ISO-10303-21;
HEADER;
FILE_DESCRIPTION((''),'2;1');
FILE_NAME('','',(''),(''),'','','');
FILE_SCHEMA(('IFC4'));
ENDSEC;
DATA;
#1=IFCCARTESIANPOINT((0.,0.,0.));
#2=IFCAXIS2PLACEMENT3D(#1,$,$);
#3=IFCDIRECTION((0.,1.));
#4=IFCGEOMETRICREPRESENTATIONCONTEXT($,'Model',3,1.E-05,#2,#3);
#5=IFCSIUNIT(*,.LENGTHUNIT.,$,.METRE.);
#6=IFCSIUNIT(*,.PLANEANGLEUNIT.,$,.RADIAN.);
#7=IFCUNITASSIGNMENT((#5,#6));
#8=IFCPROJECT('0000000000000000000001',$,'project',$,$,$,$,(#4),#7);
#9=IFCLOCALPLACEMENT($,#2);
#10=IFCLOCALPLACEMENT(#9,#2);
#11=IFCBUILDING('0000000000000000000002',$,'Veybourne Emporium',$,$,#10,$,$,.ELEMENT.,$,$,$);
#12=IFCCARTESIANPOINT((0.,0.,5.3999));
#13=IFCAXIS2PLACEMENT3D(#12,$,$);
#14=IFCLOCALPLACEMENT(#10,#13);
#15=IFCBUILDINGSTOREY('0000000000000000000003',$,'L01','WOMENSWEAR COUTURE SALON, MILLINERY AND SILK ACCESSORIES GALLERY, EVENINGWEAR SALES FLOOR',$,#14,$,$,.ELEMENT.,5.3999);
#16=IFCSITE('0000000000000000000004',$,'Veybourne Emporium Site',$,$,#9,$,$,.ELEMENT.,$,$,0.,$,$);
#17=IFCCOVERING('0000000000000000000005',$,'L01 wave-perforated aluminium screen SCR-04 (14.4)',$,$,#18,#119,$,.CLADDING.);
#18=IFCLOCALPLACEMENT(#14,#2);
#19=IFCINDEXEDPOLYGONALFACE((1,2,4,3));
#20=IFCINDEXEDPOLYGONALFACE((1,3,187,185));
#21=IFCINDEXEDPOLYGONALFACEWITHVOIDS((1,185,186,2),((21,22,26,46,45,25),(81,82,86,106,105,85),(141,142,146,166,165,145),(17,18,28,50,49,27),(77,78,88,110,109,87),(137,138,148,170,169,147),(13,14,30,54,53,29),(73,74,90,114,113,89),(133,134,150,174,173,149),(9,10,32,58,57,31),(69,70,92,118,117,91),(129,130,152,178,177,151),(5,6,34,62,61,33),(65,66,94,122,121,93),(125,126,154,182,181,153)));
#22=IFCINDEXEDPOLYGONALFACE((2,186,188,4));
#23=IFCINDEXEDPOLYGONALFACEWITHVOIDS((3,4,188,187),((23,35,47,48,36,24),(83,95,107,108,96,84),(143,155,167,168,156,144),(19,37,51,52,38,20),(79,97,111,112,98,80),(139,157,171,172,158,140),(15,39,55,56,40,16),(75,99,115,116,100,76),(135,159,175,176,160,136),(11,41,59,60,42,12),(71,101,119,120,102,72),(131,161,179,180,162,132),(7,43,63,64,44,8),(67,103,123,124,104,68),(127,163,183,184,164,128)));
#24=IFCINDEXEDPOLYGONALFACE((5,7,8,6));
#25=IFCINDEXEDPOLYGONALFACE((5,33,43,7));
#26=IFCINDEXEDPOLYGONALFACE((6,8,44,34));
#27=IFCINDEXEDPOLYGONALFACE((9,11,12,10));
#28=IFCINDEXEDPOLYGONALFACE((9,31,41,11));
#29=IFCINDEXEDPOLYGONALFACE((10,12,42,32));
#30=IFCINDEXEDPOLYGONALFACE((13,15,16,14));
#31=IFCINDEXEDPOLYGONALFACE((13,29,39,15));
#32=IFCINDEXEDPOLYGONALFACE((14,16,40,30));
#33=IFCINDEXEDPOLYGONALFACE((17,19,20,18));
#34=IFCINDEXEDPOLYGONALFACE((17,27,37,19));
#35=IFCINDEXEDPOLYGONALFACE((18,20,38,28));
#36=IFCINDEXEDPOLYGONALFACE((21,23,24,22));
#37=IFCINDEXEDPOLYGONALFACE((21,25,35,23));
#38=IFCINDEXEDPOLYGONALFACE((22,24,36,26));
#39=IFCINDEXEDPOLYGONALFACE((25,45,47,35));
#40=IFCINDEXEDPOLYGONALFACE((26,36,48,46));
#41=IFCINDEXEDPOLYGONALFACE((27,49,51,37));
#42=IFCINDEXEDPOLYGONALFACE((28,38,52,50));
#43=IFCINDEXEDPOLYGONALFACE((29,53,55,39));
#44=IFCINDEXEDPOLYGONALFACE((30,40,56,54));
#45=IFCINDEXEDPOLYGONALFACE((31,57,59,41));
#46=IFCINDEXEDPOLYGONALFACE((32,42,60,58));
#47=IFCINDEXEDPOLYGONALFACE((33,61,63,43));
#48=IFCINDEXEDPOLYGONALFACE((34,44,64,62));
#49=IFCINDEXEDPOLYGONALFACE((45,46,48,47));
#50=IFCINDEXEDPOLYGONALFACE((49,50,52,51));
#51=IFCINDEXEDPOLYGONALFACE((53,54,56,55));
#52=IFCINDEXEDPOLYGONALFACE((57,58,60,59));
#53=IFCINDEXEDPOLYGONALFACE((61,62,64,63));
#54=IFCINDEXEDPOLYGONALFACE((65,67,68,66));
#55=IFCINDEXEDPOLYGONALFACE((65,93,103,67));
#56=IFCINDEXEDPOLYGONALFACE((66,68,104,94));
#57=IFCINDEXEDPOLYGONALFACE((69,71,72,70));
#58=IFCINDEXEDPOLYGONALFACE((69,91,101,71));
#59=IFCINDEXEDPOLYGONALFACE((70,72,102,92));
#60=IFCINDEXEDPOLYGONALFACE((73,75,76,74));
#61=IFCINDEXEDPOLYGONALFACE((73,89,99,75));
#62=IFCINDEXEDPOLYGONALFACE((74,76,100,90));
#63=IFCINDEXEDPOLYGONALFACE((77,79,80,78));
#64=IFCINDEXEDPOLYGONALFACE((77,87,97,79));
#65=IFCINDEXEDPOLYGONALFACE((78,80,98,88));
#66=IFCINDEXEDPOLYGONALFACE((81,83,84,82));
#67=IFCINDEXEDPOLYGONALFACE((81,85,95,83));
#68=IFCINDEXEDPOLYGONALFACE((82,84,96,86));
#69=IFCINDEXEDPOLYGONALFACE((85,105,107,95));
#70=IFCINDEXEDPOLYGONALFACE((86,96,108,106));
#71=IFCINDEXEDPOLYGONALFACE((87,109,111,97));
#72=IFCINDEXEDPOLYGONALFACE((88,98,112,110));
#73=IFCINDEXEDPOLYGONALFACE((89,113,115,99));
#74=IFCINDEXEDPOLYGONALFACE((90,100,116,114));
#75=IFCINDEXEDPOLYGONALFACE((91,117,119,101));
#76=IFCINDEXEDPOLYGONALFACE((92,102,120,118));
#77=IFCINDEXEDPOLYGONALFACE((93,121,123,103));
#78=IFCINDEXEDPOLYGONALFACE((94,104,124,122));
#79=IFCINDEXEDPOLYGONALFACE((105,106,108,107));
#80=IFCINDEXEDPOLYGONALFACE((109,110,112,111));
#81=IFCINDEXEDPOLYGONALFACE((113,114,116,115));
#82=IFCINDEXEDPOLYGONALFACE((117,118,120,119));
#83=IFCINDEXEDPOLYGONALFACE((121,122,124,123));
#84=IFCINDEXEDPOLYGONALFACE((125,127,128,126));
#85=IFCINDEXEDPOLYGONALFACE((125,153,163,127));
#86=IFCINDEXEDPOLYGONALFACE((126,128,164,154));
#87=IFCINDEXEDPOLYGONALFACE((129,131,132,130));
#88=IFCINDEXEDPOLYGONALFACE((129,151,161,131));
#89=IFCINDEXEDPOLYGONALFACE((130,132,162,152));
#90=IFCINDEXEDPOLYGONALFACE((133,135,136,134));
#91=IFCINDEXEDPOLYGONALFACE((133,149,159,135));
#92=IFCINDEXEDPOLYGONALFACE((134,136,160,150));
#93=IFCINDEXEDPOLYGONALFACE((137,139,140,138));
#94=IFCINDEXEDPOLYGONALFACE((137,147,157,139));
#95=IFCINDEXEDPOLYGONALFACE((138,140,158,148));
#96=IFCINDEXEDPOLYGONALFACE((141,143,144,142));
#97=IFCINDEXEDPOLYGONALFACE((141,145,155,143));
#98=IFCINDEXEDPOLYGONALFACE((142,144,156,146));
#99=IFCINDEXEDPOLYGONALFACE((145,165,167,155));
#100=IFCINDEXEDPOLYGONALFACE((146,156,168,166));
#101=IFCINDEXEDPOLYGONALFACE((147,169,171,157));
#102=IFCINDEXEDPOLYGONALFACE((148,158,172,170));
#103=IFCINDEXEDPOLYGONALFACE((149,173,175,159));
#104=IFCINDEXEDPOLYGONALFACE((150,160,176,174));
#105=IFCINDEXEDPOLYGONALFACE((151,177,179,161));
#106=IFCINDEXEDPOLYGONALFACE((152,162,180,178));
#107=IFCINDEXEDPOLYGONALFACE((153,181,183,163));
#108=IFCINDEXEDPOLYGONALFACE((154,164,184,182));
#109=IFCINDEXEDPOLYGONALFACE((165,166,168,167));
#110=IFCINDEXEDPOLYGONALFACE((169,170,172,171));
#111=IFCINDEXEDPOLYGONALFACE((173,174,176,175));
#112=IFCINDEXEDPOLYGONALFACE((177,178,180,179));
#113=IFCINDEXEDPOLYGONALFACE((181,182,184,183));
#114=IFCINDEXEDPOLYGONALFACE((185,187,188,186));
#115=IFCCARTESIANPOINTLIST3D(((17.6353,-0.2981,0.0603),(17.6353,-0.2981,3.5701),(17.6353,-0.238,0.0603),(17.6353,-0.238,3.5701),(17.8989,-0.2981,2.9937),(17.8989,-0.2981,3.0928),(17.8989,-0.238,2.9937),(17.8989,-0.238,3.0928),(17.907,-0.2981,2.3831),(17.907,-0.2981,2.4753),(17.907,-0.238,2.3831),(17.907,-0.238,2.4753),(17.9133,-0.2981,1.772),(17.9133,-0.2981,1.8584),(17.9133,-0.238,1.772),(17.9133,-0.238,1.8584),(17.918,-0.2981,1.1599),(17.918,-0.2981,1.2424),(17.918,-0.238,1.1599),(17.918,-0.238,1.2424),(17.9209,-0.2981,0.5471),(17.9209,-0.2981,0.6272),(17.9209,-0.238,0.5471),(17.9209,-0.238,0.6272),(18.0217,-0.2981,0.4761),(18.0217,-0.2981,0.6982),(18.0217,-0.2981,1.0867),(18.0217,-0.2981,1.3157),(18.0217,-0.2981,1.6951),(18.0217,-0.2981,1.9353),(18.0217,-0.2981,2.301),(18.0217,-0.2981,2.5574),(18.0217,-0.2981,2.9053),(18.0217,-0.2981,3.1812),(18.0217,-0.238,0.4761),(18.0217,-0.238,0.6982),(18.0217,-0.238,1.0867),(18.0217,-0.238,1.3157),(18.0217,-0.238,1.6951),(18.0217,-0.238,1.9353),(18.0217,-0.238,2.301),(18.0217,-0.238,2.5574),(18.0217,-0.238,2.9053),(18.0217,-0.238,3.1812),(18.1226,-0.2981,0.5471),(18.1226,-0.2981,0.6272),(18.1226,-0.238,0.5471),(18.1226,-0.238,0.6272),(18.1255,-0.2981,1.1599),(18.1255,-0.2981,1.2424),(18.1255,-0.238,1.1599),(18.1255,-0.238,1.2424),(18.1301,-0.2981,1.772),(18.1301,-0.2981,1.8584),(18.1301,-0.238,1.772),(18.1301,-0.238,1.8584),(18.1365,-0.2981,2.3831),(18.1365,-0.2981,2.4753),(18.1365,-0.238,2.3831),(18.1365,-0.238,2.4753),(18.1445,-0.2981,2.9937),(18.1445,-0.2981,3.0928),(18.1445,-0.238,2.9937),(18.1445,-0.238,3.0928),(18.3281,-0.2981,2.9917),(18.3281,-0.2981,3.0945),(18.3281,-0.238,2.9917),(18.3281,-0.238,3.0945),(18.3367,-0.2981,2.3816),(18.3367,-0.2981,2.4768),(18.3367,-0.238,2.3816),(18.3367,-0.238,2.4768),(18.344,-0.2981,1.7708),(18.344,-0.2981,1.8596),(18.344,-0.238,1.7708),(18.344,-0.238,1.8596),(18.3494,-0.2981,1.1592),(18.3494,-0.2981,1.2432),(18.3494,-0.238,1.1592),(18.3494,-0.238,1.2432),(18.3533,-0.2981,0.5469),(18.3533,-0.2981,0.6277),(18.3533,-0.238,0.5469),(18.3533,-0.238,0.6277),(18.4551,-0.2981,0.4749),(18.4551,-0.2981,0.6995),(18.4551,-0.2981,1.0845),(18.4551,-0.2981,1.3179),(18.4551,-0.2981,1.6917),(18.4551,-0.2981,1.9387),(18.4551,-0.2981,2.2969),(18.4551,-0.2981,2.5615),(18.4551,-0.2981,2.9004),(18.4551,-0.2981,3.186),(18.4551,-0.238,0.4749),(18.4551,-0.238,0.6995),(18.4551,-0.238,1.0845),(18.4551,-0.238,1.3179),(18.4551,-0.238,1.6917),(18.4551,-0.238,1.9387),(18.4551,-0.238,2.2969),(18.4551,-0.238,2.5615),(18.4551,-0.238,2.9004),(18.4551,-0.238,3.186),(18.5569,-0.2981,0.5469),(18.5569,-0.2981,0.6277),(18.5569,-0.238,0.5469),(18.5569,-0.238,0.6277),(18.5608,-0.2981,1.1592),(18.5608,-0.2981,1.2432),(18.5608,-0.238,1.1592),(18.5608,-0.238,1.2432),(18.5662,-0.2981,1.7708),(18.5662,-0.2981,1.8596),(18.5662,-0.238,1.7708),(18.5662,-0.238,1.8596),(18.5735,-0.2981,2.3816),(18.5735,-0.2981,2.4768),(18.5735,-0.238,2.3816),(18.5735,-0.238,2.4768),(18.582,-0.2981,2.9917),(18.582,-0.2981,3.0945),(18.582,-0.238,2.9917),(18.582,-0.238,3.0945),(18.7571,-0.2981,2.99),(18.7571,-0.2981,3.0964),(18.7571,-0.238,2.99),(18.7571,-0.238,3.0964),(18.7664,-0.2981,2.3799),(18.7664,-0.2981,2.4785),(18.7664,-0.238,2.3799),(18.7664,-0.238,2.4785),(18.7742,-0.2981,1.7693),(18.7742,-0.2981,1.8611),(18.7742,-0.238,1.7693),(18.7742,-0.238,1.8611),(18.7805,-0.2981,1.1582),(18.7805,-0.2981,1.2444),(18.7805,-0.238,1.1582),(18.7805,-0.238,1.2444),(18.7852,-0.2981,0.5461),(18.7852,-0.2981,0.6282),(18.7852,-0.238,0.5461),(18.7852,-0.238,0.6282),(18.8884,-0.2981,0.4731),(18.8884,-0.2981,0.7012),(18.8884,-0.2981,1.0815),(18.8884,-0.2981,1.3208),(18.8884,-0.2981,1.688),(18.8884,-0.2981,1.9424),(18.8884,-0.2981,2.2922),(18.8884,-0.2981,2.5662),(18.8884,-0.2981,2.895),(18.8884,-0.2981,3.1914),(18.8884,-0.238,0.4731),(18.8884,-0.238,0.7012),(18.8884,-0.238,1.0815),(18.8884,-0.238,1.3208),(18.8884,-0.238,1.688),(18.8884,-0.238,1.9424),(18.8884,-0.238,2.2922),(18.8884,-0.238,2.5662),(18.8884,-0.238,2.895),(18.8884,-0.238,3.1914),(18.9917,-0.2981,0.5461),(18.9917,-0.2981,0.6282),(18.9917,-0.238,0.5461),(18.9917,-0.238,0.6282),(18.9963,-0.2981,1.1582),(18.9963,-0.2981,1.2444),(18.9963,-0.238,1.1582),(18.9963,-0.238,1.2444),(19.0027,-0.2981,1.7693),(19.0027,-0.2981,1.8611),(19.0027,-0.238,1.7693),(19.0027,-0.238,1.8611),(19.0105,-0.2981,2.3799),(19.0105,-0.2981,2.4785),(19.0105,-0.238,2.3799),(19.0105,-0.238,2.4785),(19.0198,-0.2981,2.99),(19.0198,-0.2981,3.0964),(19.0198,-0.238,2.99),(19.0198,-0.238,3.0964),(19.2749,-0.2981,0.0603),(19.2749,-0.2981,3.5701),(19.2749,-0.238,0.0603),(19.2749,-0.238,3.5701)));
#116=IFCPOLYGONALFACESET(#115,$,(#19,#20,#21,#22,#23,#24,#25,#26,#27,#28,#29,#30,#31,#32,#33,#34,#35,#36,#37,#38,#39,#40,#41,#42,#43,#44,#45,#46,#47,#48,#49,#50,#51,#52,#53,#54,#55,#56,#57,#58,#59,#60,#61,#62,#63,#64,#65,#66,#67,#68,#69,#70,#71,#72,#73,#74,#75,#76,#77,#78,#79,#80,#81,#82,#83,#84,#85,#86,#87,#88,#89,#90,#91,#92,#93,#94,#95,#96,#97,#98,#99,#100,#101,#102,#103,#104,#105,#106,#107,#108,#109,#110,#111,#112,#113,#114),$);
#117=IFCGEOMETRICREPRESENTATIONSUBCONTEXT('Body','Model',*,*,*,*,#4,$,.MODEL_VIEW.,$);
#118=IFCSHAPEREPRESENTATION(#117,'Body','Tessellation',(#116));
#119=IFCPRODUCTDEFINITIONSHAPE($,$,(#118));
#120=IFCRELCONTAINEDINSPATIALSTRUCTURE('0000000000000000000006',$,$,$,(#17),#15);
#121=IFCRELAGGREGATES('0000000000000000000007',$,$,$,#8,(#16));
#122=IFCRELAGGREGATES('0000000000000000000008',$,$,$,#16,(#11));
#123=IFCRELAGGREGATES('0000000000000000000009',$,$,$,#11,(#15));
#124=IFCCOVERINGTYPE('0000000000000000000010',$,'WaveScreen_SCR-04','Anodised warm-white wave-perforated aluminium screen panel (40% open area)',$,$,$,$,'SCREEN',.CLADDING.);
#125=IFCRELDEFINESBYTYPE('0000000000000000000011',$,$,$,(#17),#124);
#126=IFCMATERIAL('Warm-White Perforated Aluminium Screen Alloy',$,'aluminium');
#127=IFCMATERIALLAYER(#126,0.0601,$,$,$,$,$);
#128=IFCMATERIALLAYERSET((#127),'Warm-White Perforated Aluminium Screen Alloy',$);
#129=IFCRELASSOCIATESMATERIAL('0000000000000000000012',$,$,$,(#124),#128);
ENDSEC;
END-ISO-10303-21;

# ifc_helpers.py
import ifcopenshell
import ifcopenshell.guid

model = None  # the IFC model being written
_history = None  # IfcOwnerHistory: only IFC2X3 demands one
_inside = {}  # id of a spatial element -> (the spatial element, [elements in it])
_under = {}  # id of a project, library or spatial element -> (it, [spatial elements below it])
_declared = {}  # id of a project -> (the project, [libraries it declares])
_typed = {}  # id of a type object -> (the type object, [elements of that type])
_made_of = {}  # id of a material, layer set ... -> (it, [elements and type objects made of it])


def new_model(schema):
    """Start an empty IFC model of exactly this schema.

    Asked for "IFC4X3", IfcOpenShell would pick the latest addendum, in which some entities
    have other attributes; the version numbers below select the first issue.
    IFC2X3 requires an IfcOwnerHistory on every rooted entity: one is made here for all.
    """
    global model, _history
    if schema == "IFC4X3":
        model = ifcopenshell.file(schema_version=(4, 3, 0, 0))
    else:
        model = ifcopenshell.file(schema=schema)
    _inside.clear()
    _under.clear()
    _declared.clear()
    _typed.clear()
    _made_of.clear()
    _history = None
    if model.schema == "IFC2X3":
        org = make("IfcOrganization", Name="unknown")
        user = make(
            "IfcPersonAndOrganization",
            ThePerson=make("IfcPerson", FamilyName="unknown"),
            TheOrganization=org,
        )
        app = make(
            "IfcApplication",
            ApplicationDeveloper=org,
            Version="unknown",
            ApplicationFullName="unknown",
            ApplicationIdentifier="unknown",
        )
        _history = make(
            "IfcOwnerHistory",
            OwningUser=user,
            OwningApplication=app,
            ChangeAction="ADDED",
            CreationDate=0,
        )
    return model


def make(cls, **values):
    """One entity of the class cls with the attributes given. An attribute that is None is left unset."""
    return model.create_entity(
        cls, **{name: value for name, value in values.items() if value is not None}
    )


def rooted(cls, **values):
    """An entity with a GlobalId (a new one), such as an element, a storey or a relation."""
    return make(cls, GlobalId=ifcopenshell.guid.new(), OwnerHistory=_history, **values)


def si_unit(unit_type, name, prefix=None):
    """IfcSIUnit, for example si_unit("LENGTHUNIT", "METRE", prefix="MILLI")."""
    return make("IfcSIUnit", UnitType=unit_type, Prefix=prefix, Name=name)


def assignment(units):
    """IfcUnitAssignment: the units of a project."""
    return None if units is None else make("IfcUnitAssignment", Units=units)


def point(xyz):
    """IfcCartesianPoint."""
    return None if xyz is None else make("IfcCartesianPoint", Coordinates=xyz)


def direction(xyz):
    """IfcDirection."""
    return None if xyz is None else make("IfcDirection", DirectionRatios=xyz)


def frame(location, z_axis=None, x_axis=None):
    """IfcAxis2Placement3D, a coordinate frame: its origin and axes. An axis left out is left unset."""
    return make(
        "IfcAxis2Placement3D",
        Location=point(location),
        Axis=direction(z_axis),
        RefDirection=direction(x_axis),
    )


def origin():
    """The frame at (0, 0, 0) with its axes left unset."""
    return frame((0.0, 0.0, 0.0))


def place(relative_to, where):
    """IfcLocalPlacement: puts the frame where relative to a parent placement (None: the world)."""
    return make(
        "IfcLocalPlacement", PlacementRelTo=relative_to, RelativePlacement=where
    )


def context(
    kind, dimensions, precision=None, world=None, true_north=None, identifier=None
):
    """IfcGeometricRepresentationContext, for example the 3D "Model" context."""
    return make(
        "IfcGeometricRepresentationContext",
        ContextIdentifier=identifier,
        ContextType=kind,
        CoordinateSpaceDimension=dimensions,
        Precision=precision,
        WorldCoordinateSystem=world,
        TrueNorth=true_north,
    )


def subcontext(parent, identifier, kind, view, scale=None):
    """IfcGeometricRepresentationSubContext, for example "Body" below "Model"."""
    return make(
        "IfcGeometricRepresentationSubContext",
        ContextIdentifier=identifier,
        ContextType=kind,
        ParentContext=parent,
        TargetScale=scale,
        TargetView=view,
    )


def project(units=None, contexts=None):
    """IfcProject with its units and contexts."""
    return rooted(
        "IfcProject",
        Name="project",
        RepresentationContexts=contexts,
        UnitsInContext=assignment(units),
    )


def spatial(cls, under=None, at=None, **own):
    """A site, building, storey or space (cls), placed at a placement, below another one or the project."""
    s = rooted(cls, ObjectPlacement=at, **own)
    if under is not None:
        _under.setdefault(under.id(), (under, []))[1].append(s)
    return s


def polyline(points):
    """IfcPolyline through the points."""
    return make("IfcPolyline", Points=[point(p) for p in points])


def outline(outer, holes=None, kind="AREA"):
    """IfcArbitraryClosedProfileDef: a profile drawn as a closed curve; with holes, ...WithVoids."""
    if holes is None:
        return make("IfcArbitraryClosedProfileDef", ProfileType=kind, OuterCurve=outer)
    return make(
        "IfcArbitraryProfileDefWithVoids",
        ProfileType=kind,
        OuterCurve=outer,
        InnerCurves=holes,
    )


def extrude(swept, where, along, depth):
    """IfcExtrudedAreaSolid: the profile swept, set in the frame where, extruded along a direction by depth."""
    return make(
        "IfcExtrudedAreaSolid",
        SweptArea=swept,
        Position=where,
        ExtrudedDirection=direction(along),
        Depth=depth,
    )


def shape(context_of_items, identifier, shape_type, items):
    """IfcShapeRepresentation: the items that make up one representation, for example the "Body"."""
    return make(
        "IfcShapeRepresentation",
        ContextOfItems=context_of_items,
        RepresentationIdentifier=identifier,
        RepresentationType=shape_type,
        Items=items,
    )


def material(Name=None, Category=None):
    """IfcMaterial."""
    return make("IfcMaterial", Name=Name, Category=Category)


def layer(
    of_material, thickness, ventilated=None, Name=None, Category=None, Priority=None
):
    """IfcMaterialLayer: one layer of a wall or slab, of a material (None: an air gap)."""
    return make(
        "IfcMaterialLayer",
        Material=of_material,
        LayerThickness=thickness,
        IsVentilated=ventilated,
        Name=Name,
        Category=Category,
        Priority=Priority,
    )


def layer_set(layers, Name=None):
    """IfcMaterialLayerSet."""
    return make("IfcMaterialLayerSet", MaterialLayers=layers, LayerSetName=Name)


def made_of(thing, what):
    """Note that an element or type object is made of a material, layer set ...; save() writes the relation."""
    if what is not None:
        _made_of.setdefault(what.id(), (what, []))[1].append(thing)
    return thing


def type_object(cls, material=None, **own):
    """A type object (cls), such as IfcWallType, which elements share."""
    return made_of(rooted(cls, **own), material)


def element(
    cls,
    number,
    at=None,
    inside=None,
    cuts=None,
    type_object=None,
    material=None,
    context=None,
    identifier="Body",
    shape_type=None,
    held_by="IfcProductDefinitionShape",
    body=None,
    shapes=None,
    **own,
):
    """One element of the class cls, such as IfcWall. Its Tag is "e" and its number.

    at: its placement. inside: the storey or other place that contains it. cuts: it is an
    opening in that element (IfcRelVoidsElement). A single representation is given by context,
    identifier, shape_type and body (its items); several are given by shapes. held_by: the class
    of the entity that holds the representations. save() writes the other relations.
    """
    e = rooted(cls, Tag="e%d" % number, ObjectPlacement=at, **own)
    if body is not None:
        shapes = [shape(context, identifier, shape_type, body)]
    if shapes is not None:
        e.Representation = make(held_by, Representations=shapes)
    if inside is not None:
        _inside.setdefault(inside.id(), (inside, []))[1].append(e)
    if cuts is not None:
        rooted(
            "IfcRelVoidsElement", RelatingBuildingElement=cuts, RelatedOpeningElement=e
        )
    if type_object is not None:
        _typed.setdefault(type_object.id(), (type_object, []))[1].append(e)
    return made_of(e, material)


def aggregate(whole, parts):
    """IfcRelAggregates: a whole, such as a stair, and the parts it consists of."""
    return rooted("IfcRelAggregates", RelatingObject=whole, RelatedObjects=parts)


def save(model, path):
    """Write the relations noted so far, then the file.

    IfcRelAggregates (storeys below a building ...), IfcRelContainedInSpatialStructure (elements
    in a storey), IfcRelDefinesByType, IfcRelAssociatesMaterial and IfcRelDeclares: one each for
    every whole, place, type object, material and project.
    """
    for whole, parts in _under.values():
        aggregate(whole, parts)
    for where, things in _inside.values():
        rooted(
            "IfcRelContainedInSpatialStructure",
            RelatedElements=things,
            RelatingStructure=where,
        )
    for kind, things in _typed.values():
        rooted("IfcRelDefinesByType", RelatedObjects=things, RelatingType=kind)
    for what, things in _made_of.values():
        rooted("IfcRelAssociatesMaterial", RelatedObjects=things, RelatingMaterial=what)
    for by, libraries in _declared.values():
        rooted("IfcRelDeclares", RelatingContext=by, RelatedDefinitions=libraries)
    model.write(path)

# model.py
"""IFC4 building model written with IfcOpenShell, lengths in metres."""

from ifc_helpers import new_model, si_unit, direction, frame, origin, place, context, subcontext, project, spatial, polyline, outline, extrude, material, layer, layer_set, type_object, element, save


model = new_model("IFC4")

# Units and contexts
model_context = context("Model", 3, precision=1e-05, world=origin(), true_north=direction((0.0, 1.0)))
body_context = subcontext(model_context, "Body", "Model", "MODEL_VIEW")
ifc_project = project(units=[si_unit("LENGTHUNIT", "METRE"), si_unit("PLANEANGLEUNIT", "RADIAN")], contexts=[model_context])

# Site, building, storey
site_placement = place(None, origin())
site = spatial("IfcSite", under=ifc_project, at=site_placement, Name="Veybourne Emporium Site", CompositionType="ELEMENT", RefElevation=0.0)
building_placement = place(site_placement, origin())
building = spatial("IfcBuilding", under=site, at=building_placement, Name="Veybourne Emporium", CompositionType="ELEMENT")
storey_placement = place(building_placement, frame((0.0, 0.0, 5.3999)))
storey = spatial("IfcBuildingStorey", under=building, at=storey_placement, Name="L01", Description="WOMENSWEAR COUTURE SALON, MILLINERY AND SILK ACCESSORIES GALLERY, EVENINGWEAR SALES FLOOR", CompositionType="ELEMENT", Elevation=5.3999)

# Covering
ifc_material_1 = material(Name="Warm-White Perforated Aluminium Screen Alloy", Category="aluminium")
ifc_layer_1 = layer(ifc_material_1, 0.0601)
ifc_layer_set_1 = layer_set([ifc_layer_1], Name="Warm-White Perforated Aluminium Screen Alloy")
covering_type_1 = type_object("IfcCoveringType", Name="WaveScreen_SCR-04", Description="Anodised warm-white wave-perforated aluminium screen panel (40% open area)", ElementType="SCREEN", PredefinedType="CLADDING", material=ifc_layer_set_1)
covering_1_placement = place(storey_placement, frame((18.4551, -0.2981, 1.8152), z_axis=(0.0, 1.0, 0.0), x_axis=(-1.0, 0.0, 0.0)))
element("IfcCovering", 1, at=covering_1_placement, inside=storey, type_object=covering_type_1, Name="L01 wave-perforated aluminium screen SCR-04 (14.4)", PredefinedType="CLADDING", context=body_context, shape_type="SweptSolid", body=[
    extrude(outline(polyline([(-0.8198, -1.7549), (0.8198, -1.7549), (0.8198, 1.7549), (-0.8198, 1.7549), (-0.8198, -1.7549)]), holes=[polyline([(-0.4333, -1.114), (-0.3301, -1.187), (-0.3301, -1.269), (-0.4333, -1.342), (-0.5366, -1.269), (-0.5366, -1.187), (-0.4333, -1.114)]), polyline([(-0.4333, -0.4944), (-0.3254, -0.5708), (-0.3254, -0.657), (-0.4333, -0.7336), (-0.5413, -0.657), (-0.5413, -0.5708), (-0.4333, -0.4944)]), polyline([(-0.4333, 0.1272), (-0.3191, 0.0459), (-0.3191, -0.0459), (-0.4333, -0.1272), (-0.5476, -0.0459), (-0.5476, 0.0459), (-0.4333, 0.1272)]), polyline([(-0.4333, 0.751), (-0.3113, 0.6633), (-0.3113, 0.5647), (-0.4333, 0.4771), (-0.5554, 0.5647), (-0.5554, 0.6633), (-0.4333, 0.751)]), polyline([(-0.4333, 1.3762), (-0.302, 1.2812), (-0.302, 1.1748), (-0.4333, 1.0798), (-0.5647, 1.1748), (-0.5647, 1.2812), (-0.4333, 1.3762)]), polyline([(0.0, -1.1157), (0.1018, -1.1875), (0.1018, -1.2683), (0.0, -1.3403), (-0.1018, -1.2683), (-0.1018, -1.1875), (0.0, -1.1157)]), polyline([(0.0, -0.4973), (0.1057, -0.572), (0.1057, -0.656), (0.0, -0.7307), (-0.1057, -0.656), (-0.1057, -0.572), (0.0, -0.4973)]), polyline([(0.0, 0.1235), (0.1111, 0.0444), (0.1111, -0.0444), (0.0, -0.1235), (-0.1111, -0.0444), (-0.1111, 0.0444), (0.0, 0.1235)]), polyline([(0.0, 0.7463), (0.1184, 0.6616), (0.1184, 0.5664), (0.0, 0.4817), (-0.1184, 0.5664), (-0.1184, 0.6616), (0.0, 0.7463)]), polyline([(0.0, 1.3708), (0.127, 1.2793), (0.127, 1.1765), (0.0, 1.0852), (-0.127, 1.1765), (-0.127, 1.2793), (0.0, 1.3708)]), polyline([(0.4333, -1.1169), (0.5342, -1.188), (0.5342, -1.2681), (0.4333, -1.3391), (0.3325, -1.2681), (0.3325, -1.188), (0.4333, -1.1169)]), polyline([(0.4333, -0.4995), (0.5371, -0.5728), (0.5371, -0.6553), (0.4333, -0.7285), (0.3296, -0.6553), (0.3296, -0.5728), (0.4333, -0.4995)]), polyline([(0.4333, 0.1201), (0.5417, 0.0432), (0.5417, -0.0432), (0.4333, -0.1201), (0.325, -0.0432), (0.325, 0.0432), (0.4333, 0.1201)]), polyline([(0.4333, 0.7422), (0.5481, 0.6602), (0.5481, 0.5679), (0.4333, 0.4858), (0.3186, 0.5679), (0.3186, 0.6602), (0.4333, 0.7422)]), polyline([(0.4333, 1.366), (0.5562, 1.2776), (0.5562, 1.1785), (0.4333, 1.0901), (0.3105, 1.1785), (0.3105, 1.2776), (0.4333, 1.366)])]), origin(), (0.0, 0.0, 1.0), 0.0601),
])

save(model, "model.ifc")
